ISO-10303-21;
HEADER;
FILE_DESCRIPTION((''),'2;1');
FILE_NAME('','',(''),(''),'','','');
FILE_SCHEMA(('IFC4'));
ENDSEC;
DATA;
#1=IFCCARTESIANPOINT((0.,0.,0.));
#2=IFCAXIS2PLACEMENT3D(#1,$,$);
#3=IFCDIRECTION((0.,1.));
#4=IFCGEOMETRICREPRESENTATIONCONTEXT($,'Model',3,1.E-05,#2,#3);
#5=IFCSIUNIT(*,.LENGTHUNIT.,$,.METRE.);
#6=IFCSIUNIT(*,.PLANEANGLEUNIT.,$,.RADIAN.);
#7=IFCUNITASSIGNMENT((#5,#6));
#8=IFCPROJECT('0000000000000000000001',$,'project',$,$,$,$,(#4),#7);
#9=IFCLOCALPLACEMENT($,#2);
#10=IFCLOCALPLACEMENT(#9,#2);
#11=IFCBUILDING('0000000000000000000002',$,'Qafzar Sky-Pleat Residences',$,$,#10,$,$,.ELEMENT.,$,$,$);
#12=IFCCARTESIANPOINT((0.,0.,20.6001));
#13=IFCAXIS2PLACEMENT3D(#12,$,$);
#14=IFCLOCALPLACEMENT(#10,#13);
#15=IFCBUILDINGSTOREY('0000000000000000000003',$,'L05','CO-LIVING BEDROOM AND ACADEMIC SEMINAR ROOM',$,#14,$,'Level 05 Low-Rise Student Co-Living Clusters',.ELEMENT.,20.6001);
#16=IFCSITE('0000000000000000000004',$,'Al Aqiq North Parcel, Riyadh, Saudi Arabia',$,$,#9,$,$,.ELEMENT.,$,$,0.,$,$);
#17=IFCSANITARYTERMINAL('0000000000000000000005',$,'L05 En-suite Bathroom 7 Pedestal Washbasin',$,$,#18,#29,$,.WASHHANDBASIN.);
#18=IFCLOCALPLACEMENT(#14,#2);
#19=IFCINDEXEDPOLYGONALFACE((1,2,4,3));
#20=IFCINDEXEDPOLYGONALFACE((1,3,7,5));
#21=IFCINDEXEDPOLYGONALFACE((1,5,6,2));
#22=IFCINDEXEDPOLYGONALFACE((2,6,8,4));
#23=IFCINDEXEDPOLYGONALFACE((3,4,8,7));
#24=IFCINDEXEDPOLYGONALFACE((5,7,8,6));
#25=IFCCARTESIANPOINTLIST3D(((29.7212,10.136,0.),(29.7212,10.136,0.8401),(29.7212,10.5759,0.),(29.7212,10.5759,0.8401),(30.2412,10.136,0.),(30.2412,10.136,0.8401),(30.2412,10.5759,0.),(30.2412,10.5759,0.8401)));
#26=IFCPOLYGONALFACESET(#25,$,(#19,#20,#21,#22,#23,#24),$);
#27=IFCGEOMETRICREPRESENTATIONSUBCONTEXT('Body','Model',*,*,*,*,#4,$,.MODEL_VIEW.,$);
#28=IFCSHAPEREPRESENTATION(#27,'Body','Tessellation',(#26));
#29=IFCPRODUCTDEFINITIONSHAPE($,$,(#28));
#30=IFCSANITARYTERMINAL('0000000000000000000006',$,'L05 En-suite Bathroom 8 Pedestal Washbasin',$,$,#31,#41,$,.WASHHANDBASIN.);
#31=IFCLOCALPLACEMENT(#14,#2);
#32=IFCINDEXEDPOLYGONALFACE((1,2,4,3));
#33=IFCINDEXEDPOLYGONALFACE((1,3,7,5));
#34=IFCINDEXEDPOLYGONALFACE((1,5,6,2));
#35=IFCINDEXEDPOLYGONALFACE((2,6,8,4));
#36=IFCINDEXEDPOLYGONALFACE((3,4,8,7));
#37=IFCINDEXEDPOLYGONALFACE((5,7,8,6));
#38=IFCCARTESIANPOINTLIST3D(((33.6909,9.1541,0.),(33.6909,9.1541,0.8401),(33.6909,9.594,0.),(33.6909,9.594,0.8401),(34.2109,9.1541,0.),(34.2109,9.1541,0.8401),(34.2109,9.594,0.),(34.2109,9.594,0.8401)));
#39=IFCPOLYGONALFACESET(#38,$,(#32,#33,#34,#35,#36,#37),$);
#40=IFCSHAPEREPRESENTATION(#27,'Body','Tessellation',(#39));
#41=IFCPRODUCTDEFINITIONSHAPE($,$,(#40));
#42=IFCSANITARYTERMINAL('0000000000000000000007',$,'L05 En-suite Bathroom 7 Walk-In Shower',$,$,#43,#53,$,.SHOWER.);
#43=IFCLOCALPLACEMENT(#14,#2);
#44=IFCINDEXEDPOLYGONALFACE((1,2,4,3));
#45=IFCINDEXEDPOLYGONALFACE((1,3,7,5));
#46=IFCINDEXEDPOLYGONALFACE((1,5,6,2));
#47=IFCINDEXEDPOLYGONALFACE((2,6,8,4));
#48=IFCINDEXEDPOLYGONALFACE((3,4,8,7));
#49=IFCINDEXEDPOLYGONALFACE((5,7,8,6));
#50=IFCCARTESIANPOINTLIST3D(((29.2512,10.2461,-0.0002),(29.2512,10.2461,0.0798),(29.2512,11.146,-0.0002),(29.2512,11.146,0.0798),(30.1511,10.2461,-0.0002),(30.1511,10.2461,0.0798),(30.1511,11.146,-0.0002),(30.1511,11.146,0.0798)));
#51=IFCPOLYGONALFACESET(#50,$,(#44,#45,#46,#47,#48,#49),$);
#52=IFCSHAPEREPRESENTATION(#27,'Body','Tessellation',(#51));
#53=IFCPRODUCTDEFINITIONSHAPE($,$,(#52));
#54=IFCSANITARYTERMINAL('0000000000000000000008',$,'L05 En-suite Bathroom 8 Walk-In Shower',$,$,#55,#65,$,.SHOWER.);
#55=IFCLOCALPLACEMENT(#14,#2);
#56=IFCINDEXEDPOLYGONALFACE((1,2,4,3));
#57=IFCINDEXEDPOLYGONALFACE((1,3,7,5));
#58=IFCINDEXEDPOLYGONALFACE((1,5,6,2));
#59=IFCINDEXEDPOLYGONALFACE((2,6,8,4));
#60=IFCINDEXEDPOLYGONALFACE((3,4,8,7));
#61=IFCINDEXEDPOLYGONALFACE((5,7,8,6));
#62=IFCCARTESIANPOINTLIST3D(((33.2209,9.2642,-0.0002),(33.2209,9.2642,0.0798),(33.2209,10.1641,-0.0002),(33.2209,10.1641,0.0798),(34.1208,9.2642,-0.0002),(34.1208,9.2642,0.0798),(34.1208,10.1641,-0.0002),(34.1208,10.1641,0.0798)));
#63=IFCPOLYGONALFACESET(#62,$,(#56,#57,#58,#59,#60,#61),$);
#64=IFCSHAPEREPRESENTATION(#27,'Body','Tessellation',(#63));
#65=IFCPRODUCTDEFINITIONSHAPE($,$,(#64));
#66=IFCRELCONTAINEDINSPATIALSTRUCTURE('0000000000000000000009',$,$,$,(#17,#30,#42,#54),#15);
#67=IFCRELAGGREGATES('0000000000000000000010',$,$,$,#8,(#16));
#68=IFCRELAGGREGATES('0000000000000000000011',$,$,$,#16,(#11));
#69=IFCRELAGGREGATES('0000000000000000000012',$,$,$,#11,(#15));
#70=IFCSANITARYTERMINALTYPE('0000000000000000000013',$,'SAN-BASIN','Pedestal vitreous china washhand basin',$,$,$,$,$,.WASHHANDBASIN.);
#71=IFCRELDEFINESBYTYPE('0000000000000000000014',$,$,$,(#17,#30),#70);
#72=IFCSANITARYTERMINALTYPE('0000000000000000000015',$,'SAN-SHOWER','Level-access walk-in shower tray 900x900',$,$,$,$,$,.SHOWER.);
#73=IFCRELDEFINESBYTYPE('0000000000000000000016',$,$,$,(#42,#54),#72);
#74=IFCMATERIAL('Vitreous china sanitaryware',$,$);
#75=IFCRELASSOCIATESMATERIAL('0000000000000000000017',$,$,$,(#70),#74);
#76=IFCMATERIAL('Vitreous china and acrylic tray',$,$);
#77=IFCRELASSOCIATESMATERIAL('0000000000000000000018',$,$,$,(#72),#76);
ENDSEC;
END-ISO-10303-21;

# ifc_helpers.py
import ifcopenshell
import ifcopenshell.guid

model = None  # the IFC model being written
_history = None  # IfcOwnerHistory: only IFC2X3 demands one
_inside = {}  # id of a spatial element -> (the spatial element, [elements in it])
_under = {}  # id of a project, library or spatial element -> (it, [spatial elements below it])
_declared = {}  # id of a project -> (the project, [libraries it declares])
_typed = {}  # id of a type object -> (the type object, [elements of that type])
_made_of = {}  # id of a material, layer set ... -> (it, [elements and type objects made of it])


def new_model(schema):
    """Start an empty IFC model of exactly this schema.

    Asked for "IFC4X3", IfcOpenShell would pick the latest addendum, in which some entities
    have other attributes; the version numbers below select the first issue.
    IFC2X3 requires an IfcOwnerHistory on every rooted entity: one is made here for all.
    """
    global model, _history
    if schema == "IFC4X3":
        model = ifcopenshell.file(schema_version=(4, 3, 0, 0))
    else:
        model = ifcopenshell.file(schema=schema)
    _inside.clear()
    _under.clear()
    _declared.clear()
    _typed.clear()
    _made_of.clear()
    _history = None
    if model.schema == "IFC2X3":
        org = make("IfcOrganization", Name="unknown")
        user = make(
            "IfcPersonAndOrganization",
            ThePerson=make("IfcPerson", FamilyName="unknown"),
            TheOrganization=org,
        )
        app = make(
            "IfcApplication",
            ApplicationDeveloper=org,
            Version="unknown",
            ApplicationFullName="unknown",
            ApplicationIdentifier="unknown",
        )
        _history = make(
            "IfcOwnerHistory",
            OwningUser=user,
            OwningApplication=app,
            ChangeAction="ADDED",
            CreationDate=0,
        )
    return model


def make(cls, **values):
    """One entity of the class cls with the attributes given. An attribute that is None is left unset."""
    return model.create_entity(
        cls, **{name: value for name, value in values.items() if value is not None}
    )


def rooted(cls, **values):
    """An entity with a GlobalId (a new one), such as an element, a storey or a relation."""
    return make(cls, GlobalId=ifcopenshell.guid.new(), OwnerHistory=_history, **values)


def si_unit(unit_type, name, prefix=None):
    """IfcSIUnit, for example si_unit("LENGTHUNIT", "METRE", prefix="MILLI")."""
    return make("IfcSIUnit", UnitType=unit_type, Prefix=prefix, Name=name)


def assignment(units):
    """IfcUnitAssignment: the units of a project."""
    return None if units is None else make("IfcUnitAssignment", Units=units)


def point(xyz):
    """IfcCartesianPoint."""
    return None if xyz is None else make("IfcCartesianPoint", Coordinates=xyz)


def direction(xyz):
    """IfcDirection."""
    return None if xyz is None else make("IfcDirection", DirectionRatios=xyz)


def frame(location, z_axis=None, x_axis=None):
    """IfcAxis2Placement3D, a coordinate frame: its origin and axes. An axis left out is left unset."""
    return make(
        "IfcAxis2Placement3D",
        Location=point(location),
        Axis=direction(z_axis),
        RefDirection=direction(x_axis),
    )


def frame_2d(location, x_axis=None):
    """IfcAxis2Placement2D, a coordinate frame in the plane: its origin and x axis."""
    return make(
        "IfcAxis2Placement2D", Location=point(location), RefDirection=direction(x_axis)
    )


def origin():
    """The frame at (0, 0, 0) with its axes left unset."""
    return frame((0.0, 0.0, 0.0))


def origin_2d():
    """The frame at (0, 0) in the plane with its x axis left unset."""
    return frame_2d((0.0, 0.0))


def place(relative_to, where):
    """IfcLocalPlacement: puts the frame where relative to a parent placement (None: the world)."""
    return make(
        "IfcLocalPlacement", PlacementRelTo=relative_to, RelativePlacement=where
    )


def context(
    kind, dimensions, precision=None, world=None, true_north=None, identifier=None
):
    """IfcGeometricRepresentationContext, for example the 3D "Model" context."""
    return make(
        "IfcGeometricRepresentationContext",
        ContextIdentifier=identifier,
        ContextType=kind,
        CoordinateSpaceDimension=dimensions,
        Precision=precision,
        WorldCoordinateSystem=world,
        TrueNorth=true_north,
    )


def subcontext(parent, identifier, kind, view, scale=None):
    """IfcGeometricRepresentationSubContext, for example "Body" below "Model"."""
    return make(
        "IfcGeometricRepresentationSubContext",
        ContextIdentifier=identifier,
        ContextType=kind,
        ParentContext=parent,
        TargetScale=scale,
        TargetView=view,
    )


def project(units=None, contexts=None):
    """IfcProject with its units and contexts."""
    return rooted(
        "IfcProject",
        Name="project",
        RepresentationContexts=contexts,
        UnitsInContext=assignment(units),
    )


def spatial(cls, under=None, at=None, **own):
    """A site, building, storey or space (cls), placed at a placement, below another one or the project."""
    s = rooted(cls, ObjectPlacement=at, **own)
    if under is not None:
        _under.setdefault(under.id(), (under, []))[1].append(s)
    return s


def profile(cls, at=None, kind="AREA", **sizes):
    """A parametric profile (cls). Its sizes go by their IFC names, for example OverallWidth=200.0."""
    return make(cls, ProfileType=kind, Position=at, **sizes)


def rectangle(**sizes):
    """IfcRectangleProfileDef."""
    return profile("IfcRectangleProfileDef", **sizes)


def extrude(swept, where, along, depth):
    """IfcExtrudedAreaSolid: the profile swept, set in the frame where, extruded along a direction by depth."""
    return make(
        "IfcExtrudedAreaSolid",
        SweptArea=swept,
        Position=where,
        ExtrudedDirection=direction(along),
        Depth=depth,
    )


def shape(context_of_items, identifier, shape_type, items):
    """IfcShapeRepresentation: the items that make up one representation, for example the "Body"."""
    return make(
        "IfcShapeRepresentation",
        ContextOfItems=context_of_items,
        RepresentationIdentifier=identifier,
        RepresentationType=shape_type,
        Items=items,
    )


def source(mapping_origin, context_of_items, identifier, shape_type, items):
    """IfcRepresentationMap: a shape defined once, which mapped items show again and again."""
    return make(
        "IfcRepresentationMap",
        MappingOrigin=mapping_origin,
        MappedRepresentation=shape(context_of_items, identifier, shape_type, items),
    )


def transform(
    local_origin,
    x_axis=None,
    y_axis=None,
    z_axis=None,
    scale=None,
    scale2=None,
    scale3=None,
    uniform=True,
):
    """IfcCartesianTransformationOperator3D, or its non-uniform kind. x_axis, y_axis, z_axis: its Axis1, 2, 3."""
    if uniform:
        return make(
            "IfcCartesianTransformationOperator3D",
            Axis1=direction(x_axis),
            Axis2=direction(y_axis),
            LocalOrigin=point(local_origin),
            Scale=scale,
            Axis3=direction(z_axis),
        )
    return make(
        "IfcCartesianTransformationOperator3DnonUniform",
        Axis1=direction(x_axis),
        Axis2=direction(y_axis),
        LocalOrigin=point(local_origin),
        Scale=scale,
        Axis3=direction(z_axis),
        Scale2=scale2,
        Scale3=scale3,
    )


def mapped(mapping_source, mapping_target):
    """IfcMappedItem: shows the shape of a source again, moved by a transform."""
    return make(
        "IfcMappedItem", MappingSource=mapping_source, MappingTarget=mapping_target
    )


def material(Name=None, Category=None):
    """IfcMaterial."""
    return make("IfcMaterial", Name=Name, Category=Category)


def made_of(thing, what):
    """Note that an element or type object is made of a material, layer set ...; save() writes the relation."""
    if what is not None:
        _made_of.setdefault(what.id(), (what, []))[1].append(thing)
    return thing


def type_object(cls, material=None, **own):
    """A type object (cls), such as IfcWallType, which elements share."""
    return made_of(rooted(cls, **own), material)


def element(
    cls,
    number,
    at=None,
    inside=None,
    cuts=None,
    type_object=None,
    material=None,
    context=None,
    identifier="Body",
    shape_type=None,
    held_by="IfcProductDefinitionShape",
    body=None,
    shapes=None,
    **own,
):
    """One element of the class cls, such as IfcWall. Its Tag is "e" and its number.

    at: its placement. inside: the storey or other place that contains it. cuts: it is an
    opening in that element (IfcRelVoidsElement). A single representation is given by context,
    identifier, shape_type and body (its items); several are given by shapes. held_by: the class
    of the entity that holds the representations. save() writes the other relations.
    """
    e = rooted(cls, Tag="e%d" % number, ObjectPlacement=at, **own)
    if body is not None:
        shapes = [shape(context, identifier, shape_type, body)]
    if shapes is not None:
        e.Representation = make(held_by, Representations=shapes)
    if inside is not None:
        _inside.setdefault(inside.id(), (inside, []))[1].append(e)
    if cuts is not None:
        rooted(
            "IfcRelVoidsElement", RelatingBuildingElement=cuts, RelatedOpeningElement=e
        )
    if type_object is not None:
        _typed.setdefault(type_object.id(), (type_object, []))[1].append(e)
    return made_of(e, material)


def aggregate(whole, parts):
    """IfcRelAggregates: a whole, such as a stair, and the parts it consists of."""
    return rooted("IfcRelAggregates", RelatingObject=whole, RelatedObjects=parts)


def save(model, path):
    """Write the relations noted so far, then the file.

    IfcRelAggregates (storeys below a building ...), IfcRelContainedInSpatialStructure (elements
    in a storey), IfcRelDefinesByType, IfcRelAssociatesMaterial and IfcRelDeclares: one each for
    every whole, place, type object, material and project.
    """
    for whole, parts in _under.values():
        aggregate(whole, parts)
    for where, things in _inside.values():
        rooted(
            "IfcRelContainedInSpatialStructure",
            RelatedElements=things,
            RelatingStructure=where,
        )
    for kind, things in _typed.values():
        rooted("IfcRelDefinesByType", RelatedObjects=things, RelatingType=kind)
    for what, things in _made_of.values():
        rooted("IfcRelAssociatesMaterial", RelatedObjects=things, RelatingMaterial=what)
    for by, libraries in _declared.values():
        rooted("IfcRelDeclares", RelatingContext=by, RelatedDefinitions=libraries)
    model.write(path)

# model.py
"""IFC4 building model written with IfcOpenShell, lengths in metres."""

from ifc_helpers import new_model, si_unit, direction, frame, origin, origin_2d, place, context, subcontext, project, spatial, rectangle, extrude, source, transform, mapped, material, type_object, element, save


model = new_model("IFC4")

# Units and contexts
model_context = context("Model", 3, precision=1e-05, world=origin(), true_north=direction((0.0, 1.0)))
body_context = subcontext(model_context, "Body", "Model", "MODEL_VIEW")
ifc_project = project(units=[si_unit("LENGTHUNIT", "METRE"), si_unit("PLANEANGLEUNIT", "RADIAN")], contexts=[model_context])

# Site, building, storey
site_placement = place(None, origin())
site = spatial("IfcSite", under=ifc_project, at=site_placement, Name="Al Aqiq North Parcel, Riyadh, Saudi Arabia", CompositionType="ELEMENT", RefElevation=0.0)
building_placement = place(site_placement, origin())
building = spatial("IfcBuilding", under=site, at=building_placement, Name="Qafzar Sky-Pleat Residences", CompositionType="ELEMENT")
storey_placement = place(building_placement, frame((0.0, 0.0, 20.6001)))
storey = spatial("IfcBuildingStorey", under=building, at=storey_placement, Name="L05", Description="CO-LIVING BEDROOM AND ACADEMIC SEMINAR ROOM", LongName="Level 05 Low-Rise Student Co-Living Clusters", CompositionType="ELEMENT", Elevation=20.6001)

# Sanitary terminals
ifc_material_1 = material(Name="Vitreous china sanitaryware")
sanitary_terminal_type_1 = type_object("IfcSanitaryTerminalType", Name="SAN-BASIN", Description="Pedestal vitreous china washhand basin", PredefinedType="WASHHANDBASIN", material=ifc_material_1)
shared_shape_1 = source(origin(), body_context, "Body", "SweptSolid", [
    extrude(rectangle(XDim=0.52, YDim=0.4399, at=origin_2d()), origin(), (0.0, 0.0, 1.0), 0.8401),
])
for number, where, z_axis, x_axis, name in (
    (1, (29.9812, 10.356, 0.0), (0.0, 0.0, 1.0), (1.0, 0.0, 0.0), "L05 En-suite Bathroom 7 Pedestal Washbasin"),
    (2, (33.9509, 9.374, 0.0), (0.0, 0.0, 1.0), (1.0, 0.0, 0.0), "L05 En-suite Bathroom 8 Pedestal Washbasin"),
):
    element("IfcSanitaryTerminal", number, at=place(storey_placement, frame(where, z_axis=z_axis, x_axis=x_axis)), inside=storey, type_object=sanitary_terminal_type_1, Name=name, PredefinedType="WASHHANDBASIN", context=body_context, shape_type="MappedRepresentation", body=[
        mapped(shared_shape_1, transform((0.0, 0.0, 0.0), x_axis=(1.0, 0.0, 0.0), y_axis=(0.0, 1.0, 0.0), z_axis=(0.0, 0.0, 1.0), scale=1.0)),
    ])
ifc_material_2 = material(Name="Vitreous china and acrylic tray")
sanitary_terminal_type_2 = type_object("IfcSanitaryTerminalType", Name="SAN-SHOWER", Description="Level-access walk-in shower tray 900x900", PredefinedType="SHOWER", material=ifc_material_2)
shared_shape_2 = source(origin(), body_context, "Body", "SweptSolid", [
    extrude(rectangle(XDim=0.8999, YDim=0.8999, at=origin_2d()), origin(), (0.0, 0.0, 1.0), 0.0801),
])
for number, where, z_axis, x_axis, name in (
    (3, (29.7012, 10.696, -0.0002), (0.0, 0.0, 1.0), (1.0, 0.0, 0.0), "L05 En-suite Bathroom 7 Walk-In Shower"),
    (4, (33.6709, 9.7141, -0.0002), (0.0, 0.0, 1.0), (1.0, 0.0, 0.0), "L05 En-suite Bathroom 8 Walk-In Shower"),
):
    element("IfcSanitaryTerminal", number, at=place(storey_placement, frame(where, z_axis=z_axis, x_axis=x_axis)), inside=storey, type_object=sanitary_terminal_type_2, Name=name, PredefinedType="SHOWER", context=body_context, shape_type="MappedRepresentation", body=[
        mapped(shared_shape_2, transform((0.0, 0.0, 0.0), x_axis=(1.0, 0.0, 0.0), y_axis=(0.0, 1.0, 0.0), z_axis=(0.0, 0.0, 1.0), scale=1.0)),
    ])

save(model, "model.ifc")
